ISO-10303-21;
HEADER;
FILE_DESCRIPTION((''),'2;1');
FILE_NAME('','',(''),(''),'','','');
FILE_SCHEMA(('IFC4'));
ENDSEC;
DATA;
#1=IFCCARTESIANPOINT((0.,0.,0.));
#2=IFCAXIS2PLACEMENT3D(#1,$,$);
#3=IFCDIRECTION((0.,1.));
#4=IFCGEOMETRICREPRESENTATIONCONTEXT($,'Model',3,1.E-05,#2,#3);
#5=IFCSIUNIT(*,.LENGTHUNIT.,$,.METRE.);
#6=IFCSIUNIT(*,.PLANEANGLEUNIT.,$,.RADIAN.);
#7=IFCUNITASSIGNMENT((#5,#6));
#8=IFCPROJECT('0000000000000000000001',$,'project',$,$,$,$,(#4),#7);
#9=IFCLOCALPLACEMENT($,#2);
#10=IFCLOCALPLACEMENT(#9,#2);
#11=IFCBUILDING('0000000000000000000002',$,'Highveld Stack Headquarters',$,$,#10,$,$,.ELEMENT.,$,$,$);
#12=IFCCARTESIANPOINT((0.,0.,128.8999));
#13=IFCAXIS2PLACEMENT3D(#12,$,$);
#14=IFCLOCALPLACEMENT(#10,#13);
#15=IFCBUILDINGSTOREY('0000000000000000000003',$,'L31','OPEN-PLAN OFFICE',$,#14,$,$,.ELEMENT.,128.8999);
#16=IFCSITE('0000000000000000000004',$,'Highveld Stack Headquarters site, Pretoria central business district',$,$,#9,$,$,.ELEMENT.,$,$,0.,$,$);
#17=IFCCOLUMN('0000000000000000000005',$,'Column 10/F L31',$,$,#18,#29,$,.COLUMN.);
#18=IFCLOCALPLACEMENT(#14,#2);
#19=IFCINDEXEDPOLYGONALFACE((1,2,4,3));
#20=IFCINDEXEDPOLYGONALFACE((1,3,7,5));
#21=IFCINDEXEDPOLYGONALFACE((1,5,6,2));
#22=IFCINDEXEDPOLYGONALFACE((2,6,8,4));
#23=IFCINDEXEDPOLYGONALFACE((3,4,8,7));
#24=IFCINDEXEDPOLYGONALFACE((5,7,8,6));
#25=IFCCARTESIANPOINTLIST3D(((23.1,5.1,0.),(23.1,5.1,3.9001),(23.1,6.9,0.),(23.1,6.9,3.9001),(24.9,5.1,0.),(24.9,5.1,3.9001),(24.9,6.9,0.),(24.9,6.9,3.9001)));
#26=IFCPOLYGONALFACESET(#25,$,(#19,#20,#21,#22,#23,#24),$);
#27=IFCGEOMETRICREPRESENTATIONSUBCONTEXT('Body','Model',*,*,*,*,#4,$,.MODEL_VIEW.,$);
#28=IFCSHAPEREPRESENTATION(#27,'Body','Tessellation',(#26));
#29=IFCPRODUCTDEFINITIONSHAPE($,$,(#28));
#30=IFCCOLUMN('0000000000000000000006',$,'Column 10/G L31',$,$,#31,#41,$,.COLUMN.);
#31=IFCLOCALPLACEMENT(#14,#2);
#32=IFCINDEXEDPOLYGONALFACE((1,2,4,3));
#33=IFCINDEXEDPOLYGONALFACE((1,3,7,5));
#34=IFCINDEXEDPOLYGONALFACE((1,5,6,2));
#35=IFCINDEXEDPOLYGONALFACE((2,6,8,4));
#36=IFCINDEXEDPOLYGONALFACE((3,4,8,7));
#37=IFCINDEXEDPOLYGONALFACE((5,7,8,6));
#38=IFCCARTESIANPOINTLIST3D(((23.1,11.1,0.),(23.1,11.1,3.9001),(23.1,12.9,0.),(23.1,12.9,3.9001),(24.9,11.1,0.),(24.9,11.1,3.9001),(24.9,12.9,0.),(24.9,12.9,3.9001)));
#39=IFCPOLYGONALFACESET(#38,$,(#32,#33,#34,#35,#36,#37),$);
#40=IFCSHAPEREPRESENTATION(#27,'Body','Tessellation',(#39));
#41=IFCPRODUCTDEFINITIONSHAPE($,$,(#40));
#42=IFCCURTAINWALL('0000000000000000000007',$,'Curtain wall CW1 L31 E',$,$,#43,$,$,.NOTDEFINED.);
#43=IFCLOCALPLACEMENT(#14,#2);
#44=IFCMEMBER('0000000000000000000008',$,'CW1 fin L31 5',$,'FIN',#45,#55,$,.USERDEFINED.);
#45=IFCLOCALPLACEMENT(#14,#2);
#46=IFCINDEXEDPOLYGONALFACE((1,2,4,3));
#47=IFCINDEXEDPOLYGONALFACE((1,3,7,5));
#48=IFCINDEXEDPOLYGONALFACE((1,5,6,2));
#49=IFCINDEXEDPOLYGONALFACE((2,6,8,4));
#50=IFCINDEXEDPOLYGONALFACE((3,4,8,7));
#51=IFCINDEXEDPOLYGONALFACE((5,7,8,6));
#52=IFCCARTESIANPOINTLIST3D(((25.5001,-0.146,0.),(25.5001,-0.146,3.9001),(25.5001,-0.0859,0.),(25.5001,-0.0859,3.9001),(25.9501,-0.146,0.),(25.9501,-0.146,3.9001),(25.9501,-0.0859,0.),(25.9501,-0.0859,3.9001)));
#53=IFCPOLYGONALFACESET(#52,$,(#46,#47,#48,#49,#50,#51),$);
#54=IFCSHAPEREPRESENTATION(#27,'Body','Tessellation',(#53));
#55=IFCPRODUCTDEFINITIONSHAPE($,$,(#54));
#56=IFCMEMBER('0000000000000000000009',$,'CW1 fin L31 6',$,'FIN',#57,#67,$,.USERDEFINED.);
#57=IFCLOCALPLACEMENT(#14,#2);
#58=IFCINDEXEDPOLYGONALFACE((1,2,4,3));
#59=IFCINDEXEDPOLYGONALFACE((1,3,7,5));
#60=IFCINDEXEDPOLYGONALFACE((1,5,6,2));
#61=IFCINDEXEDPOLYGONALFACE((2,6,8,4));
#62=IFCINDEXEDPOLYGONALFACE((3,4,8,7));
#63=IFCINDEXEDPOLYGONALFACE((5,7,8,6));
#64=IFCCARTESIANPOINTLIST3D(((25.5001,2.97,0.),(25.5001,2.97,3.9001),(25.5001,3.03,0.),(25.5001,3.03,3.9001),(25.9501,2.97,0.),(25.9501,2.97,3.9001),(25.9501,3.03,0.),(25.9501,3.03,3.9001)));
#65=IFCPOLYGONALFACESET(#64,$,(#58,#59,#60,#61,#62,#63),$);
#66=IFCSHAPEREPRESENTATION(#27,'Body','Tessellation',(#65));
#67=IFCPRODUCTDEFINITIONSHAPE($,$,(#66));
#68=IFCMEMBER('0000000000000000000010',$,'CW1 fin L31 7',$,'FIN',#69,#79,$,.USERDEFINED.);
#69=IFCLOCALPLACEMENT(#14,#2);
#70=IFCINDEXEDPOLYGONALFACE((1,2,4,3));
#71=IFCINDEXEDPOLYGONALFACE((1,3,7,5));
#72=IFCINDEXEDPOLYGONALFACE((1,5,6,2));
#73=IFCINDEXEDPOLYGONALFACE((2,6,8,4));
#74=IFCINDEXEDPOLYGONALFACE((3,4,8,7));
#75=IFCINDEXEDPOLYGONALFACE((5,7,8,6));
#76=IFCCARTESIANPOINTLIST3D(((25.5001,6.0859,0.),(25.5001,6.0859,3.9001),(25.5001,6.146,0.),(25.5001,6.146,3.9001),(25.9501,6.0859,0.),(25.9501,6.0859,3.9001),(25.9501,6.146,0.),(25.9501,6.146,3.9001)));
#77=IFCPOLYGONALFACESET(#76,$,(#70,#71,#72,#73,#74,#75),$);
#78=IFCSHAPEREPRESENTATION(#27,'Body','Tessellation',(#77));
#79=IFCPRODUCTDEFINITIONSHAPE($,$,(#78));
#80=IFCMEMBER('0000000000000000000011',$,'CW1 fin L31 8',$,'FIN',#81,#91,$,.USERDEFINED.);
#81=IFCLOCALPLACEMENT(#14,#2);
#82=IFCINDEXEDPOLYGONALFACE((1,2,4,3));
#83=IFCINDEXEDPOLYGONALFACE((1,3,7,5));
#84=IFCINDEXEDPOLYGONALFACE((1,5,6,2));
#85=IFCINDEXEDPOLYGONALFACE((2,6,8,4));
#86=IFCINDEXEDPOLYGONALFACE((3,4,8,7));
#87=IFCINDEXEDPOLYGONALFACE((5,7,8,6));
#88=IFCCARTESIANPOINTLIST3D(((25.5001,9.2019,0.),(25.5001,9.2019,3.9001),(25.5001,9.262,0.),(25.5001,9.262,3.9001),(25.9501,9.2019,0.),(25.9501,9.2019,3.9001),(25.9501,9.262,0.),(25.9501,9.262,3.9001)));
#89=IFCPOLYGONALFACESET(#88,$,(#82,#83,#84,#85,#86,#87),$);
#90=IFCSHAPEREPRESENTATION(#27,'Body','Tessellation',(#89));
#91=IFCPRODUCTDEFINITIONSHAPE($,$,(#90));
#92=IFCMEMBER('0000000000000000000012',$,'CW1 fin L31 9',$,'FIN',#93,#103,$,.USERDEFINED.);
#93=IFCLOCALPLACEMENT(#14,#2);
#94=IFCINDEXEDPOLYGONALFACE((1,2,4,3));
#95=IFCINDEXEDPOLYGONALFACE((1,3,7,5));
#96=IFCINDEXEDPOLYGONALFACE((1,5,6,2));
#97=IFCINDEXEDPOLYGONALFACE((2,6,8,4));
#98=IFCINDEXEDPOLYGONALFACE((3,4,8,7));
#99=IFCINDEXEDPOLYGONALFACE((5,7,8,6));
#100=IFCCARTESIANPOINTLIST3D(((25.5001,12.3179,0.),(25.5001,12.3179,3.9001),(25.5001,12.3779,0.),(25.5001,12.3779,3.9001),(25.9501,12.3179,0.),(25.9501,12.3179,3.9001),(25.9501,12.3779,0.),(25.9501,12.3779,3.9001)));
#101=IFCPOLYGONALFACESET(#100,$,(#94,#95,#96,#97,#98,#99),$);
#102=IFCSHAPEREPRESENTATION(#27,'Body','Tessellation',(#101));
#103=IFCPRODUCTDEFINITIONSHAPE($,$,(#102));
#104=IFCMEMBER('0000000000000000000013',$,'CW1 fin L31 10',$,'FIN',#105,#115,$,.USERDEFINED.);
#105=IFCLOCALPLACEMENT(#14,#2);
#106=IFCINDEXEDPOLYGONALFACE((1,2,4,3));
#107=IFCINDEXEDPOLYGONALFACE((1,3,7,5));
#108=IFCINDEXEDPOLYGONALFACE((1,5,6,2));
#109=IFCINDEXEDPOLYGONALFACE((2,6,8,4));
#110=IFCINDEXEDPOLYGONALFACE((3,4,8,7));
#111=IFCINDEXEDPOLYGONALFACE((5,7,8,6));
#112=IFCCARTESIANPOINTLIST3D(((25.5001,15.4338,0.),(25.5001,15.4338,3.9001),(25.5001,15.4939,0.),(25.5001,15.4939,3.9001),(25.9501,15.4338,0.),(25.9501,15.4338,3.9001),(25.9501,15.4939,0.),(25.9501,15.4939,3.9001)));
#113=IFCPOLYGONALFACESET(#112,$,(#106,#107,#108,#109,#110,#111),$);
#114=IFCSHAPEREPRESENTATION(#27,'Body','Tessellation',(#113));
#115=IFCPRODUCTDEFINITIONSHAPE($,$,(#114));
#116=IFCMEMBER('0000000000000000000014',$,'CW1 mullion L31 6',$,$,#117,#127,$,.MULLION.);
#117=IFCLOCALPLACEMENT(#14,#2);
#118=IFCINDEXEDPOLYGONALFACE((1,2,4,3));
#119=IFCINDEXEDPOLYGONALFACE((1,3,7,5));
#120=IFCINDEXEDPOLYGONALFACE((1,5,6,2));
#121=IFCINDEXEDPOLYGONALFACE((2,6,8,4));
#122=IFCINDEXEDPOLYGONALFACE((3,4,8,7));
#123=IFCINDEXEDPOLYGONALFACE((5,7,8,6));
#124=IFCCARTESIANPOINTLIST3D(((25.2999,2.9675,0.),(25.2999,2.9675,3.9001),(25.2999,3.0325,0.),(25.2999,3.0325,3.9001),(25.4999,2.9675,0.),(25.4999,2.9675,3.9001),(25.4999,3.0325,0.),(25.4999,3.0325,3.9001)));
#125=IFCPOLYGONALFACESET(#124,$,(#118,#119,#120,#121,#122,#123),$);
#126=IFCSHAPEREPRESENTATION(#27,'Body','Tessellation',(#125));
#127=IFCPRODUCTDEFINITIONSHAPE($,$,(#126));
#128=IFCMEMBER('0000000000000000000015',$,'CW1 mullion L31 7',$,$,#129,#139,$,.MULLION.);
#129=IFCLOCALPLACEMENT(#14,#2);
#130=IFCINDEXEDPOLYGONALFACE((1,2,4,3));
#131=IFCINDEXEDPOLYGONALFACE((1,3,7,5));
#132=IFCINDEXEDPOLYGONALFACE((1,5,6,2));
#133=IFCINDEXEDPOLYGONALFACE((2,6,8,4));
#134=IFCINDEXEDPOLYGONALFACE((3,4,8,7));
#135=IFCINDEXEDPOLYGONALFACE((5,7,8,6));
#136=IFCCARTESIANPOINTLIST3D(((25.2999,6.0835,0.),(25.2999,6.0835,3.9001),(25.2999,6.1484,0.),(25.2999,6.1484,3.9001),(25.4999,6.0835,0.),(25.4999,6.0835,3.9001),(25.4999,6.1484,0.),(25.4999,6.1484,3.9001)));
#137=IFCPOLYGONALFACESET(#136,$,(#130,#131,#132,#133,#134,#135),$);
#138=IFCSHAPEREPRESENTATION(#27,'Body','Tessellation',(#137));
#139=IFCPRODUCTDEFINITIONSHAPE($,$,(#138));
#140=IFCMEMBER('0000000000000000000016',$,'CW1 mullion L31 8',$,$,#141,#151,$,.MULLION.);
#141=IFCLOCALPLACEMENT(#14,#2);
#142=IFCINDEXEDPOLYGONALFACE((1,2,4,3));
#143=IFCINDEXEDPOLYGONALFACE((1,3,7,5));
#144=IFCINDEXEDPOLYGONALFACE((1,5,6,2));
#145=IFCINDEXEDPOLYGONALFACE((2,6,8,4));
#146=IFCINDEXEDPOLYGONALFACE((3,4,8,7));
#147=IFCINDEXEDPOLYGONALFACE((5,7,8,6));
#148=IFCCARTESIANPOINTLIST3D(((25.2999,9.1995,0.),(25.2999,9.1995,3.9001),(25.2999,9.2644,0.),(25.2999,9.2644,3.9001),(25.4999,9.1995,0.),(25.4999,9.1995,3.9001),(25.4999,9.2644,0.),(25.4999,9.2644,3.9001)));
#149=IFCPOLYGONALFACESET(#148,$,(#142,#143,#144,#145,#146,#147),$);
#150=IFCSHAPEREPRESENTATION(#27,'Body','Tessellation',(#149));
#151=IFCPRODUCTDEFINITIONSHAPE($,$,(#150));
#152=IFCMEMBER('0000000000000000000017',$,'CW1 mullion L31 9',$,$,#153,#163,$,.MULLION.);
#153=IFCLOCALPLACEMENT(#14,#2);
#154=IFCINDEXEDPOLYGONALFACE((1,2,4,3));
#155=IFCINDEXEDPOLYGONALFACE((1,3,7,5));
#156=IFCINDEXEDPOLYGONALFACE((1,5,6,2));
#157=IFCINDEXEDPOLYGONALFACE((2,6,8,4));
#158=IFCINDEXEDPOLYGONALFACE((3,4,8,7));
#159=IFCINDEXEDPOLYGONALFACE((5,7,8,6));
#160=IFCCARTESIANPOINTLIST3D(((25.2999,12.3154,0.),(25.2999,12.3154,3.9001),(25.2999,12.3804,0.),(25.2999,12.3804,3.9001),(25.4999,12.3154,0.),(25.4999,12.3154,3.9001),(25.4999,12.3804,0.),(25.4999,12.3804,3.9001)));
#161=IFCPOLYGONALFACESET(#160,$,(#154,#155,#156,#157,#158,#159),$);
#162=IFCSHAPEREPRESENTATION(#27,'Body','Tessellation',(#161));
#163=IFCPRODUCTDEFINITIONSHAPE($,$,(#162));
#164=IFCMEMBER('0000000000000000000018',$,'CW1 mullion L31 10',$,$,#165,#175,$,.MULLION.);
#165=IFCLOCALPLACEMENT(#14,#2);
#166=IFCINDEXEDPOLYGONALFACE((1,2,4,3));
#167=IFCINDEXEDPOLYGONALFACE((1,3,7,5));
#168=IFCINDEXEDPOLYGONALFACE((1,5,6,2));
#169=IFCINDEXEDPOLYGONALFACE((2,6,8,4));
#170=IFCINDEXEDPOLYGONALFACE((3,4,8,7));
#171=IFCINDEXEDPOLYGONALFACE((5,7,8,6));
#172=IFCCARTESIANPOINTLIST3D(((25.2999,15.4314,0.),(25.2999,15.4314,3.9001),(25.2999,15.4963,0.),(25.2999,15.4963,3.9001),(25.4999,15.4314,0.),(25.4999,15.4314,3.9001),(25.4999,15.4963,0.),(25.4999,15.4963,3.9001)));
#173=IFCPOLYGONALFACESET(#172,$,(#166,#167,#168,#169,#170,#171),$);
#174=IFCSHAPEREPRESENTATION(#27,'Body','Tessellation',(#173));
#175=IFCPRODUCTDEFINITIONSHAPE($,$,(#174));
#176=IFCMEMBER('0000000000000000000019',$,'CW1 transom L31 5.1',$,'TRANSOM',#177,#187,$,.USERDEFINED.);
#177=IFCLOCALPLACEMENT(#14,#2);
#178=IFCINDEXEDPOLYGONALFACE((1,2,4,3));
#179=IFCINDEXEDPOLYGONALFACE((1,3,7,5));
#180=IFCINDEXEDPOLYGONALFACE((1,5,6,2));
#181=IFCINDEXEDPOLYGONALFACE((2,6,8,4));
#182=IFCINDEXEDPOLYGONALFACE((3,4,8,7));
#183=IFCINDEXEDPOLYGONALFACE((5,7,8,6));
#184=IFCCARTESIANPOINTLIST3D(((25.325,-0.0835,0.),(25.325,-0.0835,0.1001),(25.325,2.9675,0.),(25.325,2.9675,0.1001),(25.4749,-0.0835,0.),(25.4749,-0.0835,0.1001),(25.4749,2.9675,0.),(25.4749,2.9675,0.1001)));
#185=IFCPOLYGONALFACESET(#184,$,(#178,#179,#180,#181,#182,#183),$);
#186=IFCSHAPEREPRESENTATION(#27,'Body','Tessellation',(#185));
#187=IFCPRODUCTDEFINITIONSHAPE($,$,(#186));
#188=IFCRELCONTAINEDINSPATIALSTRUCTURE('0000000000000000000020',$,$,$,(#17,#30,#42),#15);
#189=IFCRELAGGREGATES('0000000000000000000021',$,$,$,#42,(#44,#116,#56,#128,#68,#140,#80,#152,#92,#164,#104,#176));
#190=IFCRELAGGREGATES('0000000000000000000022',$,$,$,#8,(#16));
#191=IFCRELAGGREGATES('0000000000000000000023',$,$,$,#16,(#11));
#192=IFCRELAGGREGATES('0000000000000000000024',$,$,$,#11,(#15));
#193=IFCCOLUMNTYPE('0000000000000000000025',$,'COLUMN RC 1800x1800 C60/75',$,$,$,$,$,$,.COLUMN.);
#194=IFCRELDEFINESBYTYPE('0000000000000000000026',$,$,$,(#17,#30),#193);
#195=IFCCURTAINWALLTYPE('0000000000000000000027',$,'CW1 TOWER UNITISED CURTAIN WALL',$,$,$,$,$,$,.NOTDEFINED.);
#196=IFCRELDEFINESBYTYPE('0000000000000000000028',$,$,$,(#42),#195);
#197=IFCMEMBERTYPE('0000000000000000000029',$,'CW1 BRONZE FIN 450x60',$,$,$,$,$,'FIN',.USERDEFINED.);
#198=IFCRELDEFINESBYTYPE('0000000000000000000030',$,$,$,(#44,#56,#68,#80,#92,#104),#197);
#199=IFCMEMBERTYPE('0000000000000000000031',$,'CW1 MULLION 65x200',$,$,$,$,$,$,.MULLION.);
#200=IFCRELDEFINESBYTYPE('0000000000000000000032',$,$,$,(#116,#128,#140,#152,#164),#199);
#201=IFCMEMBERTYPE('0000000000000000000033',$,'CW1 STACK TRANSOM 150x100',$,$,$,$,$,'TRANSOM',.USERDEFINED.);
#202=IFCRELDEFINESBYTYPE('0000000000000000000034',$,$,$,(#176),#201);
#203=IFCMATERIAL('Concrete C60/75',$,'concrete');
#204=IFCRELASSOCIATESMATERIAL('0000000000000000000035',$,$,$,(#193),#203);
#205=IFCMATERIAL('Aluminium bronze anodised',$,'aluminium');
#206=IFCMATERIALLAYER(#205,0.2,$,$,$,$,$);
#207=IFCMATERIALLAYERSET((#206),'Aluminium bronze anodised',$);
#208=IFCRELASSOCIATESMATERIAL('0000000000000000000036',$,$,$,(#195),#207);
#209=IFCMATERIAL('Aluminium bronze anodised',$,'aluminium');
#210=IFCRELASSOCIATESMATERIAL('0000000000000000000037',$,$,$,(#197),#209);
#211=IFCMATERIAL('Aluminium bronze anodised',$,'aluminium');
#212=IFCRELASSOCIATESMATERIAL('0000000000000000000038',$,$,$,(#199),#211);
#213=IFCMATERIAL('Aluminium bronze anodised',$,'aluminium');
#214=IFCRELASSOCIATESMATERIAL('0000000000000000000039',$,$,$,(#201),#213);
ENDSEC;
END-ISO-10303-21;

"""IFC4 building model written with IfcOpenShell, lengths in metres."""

from ifc_helpers import new_model, si_unit, direction, frame, origin, origin_2d, place, context, subcontext, project, spatial, rectangle, extrude, material, layer, layer_set, material_profile, profile_set, type_object, element, aggregate, save


model = new_model("IFC4")

# Units and contexts
model_context = context("Model", 3, precision=1e-05, world=origin(), true_north=direction((0.0, 1.0)))
body_context = subcontext(model_context, "Body", "Model", "MODEL_VIEW")
ifc_project = project(units=[si_unit("LENGTHUNIT", "METRE"), si_unit("PLANEANGLEUNIT", "RADIAN")], contexts=[model_context])

# Site, building, storey
site_placement = place(None, origin())
site = spatial("IfcSite", under=ifc_project, at=site_placement, Name="Highveld Stack Headquarters site, Pretoria central business district", CompositionType="ELEMENT", RefElevation=0.0)
building_placement = place(site_placement, origin())
building = spatial("IfcBuilding", under=site, at=building_placement, Name="Highveld Stack Headquarters", CompositionType="ELEMENT")
storey_placement = place(building_placement, frame((0.0, 0.0, 128.8999)))
storey = spatial("IfcBuildingStorey", under=building, at=storey_placement, Name="L31", Description="OPEN-PLAN OFFICE", CompositionType="ELEMENT", Elevation=128.8999)

# Columns
ifc_material_1 = material(Name="Concrete C60/75", Category="concrete")
ifc_material_profile_1 = material_profile(ifc_material_1, rectangle(XDim=1.8, YDim=1.8, at=origin_2d()), Name="RC 1800x1800")
ifc_profile_set_1 = profile_set([ifc_material_profile_1], Name="Concrete C60/75")
column_type = type_object("IfcColumnType", Name="COLUMN RC 1800x1800 C60/75", PredefinedType="COLUMN", material=ifc_profile_set_1)
for number, where, z_axis, x_axis, name in (
    (1, (24.0, 6.0, 0.0), (0.0, 0.0, 1.0), (1.0, 0.0, 0.0), "Column 10/F L31"),
    (2, (24.0, 12.0, 0.0), (0.0, 0.0, 1.0), (1.0, 0.0, 0.0), "Column 10/G L31"),
):
    element("IfcColumn", number, at=place(storey_placement, frame(where, z_axis=z_axis, x_axis=x_axis)), inside=storey, type_object=column_type, Name=name, PredefinedType="COLUMN", context=body_context, shape_type="SweptSolid", body=[
        extrude(rectangle(XDim=1.8, YDim=1.8, at=origin_2d()), origin(), (0.0, 0.0, 1.0), 3.9001),
    ])

# Curtain wall, members
ifc_material_2 = material(Name="Aluminium bronze anodised", Category="aluminium")
ifc_layer_1 = layer(ifc_material_2, 0.2)
ifc_layer_set_1 = layer_set([ifc_layer_1], Name="Aluminium bronze anodised")
curtain_wall_type = type_object("IfcCurtainWallType", Name="CW1 TOWER UNITISED CURTAIN WALL", PredefinedType="NOTDEFINED", material=ifc_layer_set_1)
curtain_wall_placement = place(storey_placement, origin())
curtain_wall = element("IfcCurtainWall", 3, at=curtain_wall_placement, inside=storey, type_object=curtain_wall_type, Name="Curtain wall CW1 L31 E", PredefinedType="NOTDEFINED")
ifc_material_3 = material(Name="Aluminium bronze anodised", Category="aluminium")
ifc_material_profile_2 = material_profile(ifc_material_3, rectangle(XDim=0.45, YDim=0.0601, at=origin_2d()), Name="FIN 450x60")
ifc_profile_set_2 = profile_set([ifc_material_profile_2], Name="Aluminium bronze anodised")
member_type_1 = type_object("IfcMemberType", Name="CW1 BRONZE FIN 450x60", ElementType="FIN", PredefinedType="USERDEFINED", material=ifc_profile_set_2)
member_1_placement = place(storey_placement, frame((25.7251, -0.116, 0.0), z_axis=(0.0, 0.0, 1.0), x_axis=(-1.0, 0.0, 0.0)))
member_1 = element("IfcMember", 4, at=member_1_placement, type_object=member_type_1, Name="CW1 fin L31 5", ObjectType="FIN", PredefinedType="USERDEFINED", context=body_context, shape_type="SweptSolid", body=[
    extrude(rectangle(XDim=0.45, YDim=0.0601, at=origin_2d()), origin(), (0.0, 0.0, 1.0), 3.9001),
])
member_2_placement = place(storey_placement, frame((25.7251, 3.0, 0.0), z_axis=(0.0, 0.0, 1.0), x_axis=(-1.0, 0.0, 0.0)))
member_2 = element("IfcMember", 5, at=member_2_placement, type_object=member_type_1, Name="CW1 fin L31 6", ObjectType="FIN", PredefinedType="USERDEFINED", context=body_context, shape_type="SweptSolid", body=[
    extrude(rectangle(XDim=0.45, YDim=0.0601, at=origin_2d()), origin(), (0.0, 0.0, 1.0), 3.9001),
])
member_3_placement = place(storey_placement, frame((25.7251, 6.116, 0.0), z_axis=(0.0, 0.0, 1.0), x_axis=(-1.0, 0.0, 0.0)))
member_3 = element("IfcMember", 6, at=member_3_placement, type_object=member_type_1, Name="CW1 fin L31 7", ObjectType="FIN", PredefinedType="USERDEFINED", context=body_context, shape_type="SweptSolid", body=[
    extrude(rectangle(XDim=0.45, YDim=0.0601, at=origin_2d()), origin(), (0.0, 0.0, 1.0), 3.9001),
])
member_4_placement = place(storey_placement, frame((25.7251, 9.2319, 0.0), z_axis=(0.0, 0.0, 1.0), x_axis=(-1.0, 0.0, 0.0)))
member_4 = element("IfcMember", 7, at=member_4_placement, type_object=member_type_1, Name="CW1 fin L31 8", ObjectType="FIN", PredefinedType="USERDEFINED", context=body_context, shape_type="SweptSolid", body=[
    extrude(rectangle(XDim=0.45, YDim=0.0601, at=origin_2d()), origin(), (0.0, 0.0, 1.0), 3.9001),
])
member_5_placement = place(storey_placement, frame((25.7251, 12.3479, 0.0), z_axis=(0.0, 0.0, 1.0), x_axis=(-1.0, 0.0, 0.0)))
member_5 = element("IfcMember", 8, at=member_5_placement, type_object=member_type_1, Name="CW1 fin L31 9", ObjectType="FIN", PredefinedType="USERDEFINED", context=body_context, shape_type="SweptSolid", body=[
    extrude(rectangle(XDim=0.45, YDim=0.0601, at=origin_2d()), origin(), (0.0, 0.0, 1.0), 3.9001),
])
member_6_placement = place(storey_placement, frame((25.7251, 15.4639, 0.0), z_axis=(0.0, 0.0, 1.0), x_axis=(-1.0, 0.0, 0.0)))
member_6 = element("IfcMember", 9, at=member_6_placement, type_object=member_type_1, Name="CW1 fin L31 10", ObjectType="FIN", PredefinedType="USERDEFINED", context=body_context, shape_type="SweptSolid", body=[
    extrude(rectangle(XDim=0.45, YDim=0.0601, at=origin_2d()), origin(), (0.0, 0.0, 1.0), 3.9001),
])
ifc_material_4 = material(Name="Aluminium bronze anodised", Category="aluminium")
ifc_material_profile_3 = material_profile(ifc_material_4, rectangle(XDim=0.2, YDim=0.0649, at=origin_2d()), Name="CW1 MULLION 65x200")
ifc_profile_set_3 = profile_set([ifc_material_profile_3], Name="Aluminium bronze anodised")
member_type_2 = type_object("IfcMemberType", Name="CW1 MULLION 65x200", PredefinedType="MULLION", material=ifc_profile_set_3)
member_7_placement = place(storey_placement, frame((25.3999, 3.0, 0.0), z_axis=(0.0, 0.0, 1.0), x_axis=(-1.0, 0.0, 0.0)))
member_7 = element("IfcMember", 10, at=member_7_placement, type_object=member_type_2, Name="CW1 mullion L31 6", PredefinedType="MULLION", context=body_context, shape_type="SweptSolid", body=[
    extrude(rectangle(XDim=0.2, YDim=0.0649, at=origin_2d()), origin(), (0.0, 0.0, 1.0), 3.9001),
])
member_8_placement = place(storey_placement, frame((25.3999, 6.116, 0.0), z_axis=(0.0, 0.0, 1.0), x_axis=(-1.0, 0.0, 0.0)))
member_8 = element("IfcMember", 11, at=member_8_placement, type_object=member_type_2, Name="CW1 mullion L31 7", PredefinedType="MULLION", context=body_context, shape_type="SweptSolid", body=[
    extrude(rectangle(XDim=0.2, YDim=0.0649, at=origin_2d()), origin(), (0.0, 0.0, 1.0), 3.9001),
])
member_9_placement = place(storey_placement, frame((25.3999, 9.2319, 0.0), z_axis=(0.0, 0.0, 1.0), x_axis=(-1.0, 0.0, 0.0)))
member_9 = element("IfcMember", 12, at=member_9_placement, type_object=member_type_2, Name="CW1 mullion L31 8", PredefinedType="MULLION", context=body_context, shape_type="SweptSolid", body=[
    extrude(rectangle(XDim=0.2, YDim=0.0649, at=origin_2d()), origin(), (0.0, 0.0, 1.0), 3.9001),
])
member_10_placement = place(storey_placement, frame((25.3999, 12.3479, 0.0), z_axis=(0.0, 0.0, 1.0), x_axis=(-1.0, 0.0, 0.0)))
member_10 = element("IfcMember", 13, at=member_10_placement, type_object=member_type_2, Name="CW1 mullion L31 9", PredefinedType="MULLION", context=body_context, shape_type="SweptSolid", body=[
    extrude(rectangle(XDim=0.2, YDim=0.0649, at=origin_2d()), origin(), (0.0, 0.0, 1.0), 3.9001),
])
member_11_placement = place(storey_placement, frame((25.3999, 15.4639, 0.0), z_axis=(0.0, 0.0, 1.0), x_axis=(-1.0, 0.0, 0.0)))
member_11 = element("IfcMember", 14, at=member_11_placement, type_object=member_type_2, Name="CW1 mullion L31 10", PredefinedType="MULLION", context=body_context, shape_type="SweptSolid", body=[
    extrude(rectangle(XDim=0.2, YDim=0.0649, at=origin_2d()), origin(), (0.0, 0.0, 1.0), 3.9001),
])
ifc_material_5 = material(Name="Aluminium bronze anodised", Category="aluminium")
ifc_material_profile_4 = material_profile(ifc_material_5, rectangle(XDim=0.1499, YDim=0.1001, at=origin_2d()), Name="CW1 TRANSOM 150x100")
ifc_profile_set_4 = profile_set([ifc_material_profile_4], Name="Aluminium bronze anodised")
member_type_3 = type_object("IfcMemberType", Name="CW1 STACK TRANSOM 150x100", ElementType="TRANSOM", PredefinedType="USERDEFINED", material=ifc_profile_set_4)
member_12_placement = place(storey_placement, frame((25.3999, -0.0835, 0.05), z_axis=(0.0, 1.0, 0.0), x_axis=(-1.0, 0.0, 0.0)))
member_12 = element("IfcMember", 15, at=member_12_placement, type_object=member_type_3, Name="CW1 transom L31 5.1", ObjectType="TRANSOM", PredefinedType="USERDEFINED", context=body_context, shape_type="SweptSolid", body=[
    extrude(rectangle(XDim=0.1499, YDim=0.1001, at=origin_2d()), origin(), (0.0, 0.0, 1.0), 3.051),
])
aggregate(curtain_wall, [member_1, member_7, member_2, member_8, member_3, member_9, member_4, member_10, member_5, member_11, member_6, member_12])

save(model, "model.ifc")
